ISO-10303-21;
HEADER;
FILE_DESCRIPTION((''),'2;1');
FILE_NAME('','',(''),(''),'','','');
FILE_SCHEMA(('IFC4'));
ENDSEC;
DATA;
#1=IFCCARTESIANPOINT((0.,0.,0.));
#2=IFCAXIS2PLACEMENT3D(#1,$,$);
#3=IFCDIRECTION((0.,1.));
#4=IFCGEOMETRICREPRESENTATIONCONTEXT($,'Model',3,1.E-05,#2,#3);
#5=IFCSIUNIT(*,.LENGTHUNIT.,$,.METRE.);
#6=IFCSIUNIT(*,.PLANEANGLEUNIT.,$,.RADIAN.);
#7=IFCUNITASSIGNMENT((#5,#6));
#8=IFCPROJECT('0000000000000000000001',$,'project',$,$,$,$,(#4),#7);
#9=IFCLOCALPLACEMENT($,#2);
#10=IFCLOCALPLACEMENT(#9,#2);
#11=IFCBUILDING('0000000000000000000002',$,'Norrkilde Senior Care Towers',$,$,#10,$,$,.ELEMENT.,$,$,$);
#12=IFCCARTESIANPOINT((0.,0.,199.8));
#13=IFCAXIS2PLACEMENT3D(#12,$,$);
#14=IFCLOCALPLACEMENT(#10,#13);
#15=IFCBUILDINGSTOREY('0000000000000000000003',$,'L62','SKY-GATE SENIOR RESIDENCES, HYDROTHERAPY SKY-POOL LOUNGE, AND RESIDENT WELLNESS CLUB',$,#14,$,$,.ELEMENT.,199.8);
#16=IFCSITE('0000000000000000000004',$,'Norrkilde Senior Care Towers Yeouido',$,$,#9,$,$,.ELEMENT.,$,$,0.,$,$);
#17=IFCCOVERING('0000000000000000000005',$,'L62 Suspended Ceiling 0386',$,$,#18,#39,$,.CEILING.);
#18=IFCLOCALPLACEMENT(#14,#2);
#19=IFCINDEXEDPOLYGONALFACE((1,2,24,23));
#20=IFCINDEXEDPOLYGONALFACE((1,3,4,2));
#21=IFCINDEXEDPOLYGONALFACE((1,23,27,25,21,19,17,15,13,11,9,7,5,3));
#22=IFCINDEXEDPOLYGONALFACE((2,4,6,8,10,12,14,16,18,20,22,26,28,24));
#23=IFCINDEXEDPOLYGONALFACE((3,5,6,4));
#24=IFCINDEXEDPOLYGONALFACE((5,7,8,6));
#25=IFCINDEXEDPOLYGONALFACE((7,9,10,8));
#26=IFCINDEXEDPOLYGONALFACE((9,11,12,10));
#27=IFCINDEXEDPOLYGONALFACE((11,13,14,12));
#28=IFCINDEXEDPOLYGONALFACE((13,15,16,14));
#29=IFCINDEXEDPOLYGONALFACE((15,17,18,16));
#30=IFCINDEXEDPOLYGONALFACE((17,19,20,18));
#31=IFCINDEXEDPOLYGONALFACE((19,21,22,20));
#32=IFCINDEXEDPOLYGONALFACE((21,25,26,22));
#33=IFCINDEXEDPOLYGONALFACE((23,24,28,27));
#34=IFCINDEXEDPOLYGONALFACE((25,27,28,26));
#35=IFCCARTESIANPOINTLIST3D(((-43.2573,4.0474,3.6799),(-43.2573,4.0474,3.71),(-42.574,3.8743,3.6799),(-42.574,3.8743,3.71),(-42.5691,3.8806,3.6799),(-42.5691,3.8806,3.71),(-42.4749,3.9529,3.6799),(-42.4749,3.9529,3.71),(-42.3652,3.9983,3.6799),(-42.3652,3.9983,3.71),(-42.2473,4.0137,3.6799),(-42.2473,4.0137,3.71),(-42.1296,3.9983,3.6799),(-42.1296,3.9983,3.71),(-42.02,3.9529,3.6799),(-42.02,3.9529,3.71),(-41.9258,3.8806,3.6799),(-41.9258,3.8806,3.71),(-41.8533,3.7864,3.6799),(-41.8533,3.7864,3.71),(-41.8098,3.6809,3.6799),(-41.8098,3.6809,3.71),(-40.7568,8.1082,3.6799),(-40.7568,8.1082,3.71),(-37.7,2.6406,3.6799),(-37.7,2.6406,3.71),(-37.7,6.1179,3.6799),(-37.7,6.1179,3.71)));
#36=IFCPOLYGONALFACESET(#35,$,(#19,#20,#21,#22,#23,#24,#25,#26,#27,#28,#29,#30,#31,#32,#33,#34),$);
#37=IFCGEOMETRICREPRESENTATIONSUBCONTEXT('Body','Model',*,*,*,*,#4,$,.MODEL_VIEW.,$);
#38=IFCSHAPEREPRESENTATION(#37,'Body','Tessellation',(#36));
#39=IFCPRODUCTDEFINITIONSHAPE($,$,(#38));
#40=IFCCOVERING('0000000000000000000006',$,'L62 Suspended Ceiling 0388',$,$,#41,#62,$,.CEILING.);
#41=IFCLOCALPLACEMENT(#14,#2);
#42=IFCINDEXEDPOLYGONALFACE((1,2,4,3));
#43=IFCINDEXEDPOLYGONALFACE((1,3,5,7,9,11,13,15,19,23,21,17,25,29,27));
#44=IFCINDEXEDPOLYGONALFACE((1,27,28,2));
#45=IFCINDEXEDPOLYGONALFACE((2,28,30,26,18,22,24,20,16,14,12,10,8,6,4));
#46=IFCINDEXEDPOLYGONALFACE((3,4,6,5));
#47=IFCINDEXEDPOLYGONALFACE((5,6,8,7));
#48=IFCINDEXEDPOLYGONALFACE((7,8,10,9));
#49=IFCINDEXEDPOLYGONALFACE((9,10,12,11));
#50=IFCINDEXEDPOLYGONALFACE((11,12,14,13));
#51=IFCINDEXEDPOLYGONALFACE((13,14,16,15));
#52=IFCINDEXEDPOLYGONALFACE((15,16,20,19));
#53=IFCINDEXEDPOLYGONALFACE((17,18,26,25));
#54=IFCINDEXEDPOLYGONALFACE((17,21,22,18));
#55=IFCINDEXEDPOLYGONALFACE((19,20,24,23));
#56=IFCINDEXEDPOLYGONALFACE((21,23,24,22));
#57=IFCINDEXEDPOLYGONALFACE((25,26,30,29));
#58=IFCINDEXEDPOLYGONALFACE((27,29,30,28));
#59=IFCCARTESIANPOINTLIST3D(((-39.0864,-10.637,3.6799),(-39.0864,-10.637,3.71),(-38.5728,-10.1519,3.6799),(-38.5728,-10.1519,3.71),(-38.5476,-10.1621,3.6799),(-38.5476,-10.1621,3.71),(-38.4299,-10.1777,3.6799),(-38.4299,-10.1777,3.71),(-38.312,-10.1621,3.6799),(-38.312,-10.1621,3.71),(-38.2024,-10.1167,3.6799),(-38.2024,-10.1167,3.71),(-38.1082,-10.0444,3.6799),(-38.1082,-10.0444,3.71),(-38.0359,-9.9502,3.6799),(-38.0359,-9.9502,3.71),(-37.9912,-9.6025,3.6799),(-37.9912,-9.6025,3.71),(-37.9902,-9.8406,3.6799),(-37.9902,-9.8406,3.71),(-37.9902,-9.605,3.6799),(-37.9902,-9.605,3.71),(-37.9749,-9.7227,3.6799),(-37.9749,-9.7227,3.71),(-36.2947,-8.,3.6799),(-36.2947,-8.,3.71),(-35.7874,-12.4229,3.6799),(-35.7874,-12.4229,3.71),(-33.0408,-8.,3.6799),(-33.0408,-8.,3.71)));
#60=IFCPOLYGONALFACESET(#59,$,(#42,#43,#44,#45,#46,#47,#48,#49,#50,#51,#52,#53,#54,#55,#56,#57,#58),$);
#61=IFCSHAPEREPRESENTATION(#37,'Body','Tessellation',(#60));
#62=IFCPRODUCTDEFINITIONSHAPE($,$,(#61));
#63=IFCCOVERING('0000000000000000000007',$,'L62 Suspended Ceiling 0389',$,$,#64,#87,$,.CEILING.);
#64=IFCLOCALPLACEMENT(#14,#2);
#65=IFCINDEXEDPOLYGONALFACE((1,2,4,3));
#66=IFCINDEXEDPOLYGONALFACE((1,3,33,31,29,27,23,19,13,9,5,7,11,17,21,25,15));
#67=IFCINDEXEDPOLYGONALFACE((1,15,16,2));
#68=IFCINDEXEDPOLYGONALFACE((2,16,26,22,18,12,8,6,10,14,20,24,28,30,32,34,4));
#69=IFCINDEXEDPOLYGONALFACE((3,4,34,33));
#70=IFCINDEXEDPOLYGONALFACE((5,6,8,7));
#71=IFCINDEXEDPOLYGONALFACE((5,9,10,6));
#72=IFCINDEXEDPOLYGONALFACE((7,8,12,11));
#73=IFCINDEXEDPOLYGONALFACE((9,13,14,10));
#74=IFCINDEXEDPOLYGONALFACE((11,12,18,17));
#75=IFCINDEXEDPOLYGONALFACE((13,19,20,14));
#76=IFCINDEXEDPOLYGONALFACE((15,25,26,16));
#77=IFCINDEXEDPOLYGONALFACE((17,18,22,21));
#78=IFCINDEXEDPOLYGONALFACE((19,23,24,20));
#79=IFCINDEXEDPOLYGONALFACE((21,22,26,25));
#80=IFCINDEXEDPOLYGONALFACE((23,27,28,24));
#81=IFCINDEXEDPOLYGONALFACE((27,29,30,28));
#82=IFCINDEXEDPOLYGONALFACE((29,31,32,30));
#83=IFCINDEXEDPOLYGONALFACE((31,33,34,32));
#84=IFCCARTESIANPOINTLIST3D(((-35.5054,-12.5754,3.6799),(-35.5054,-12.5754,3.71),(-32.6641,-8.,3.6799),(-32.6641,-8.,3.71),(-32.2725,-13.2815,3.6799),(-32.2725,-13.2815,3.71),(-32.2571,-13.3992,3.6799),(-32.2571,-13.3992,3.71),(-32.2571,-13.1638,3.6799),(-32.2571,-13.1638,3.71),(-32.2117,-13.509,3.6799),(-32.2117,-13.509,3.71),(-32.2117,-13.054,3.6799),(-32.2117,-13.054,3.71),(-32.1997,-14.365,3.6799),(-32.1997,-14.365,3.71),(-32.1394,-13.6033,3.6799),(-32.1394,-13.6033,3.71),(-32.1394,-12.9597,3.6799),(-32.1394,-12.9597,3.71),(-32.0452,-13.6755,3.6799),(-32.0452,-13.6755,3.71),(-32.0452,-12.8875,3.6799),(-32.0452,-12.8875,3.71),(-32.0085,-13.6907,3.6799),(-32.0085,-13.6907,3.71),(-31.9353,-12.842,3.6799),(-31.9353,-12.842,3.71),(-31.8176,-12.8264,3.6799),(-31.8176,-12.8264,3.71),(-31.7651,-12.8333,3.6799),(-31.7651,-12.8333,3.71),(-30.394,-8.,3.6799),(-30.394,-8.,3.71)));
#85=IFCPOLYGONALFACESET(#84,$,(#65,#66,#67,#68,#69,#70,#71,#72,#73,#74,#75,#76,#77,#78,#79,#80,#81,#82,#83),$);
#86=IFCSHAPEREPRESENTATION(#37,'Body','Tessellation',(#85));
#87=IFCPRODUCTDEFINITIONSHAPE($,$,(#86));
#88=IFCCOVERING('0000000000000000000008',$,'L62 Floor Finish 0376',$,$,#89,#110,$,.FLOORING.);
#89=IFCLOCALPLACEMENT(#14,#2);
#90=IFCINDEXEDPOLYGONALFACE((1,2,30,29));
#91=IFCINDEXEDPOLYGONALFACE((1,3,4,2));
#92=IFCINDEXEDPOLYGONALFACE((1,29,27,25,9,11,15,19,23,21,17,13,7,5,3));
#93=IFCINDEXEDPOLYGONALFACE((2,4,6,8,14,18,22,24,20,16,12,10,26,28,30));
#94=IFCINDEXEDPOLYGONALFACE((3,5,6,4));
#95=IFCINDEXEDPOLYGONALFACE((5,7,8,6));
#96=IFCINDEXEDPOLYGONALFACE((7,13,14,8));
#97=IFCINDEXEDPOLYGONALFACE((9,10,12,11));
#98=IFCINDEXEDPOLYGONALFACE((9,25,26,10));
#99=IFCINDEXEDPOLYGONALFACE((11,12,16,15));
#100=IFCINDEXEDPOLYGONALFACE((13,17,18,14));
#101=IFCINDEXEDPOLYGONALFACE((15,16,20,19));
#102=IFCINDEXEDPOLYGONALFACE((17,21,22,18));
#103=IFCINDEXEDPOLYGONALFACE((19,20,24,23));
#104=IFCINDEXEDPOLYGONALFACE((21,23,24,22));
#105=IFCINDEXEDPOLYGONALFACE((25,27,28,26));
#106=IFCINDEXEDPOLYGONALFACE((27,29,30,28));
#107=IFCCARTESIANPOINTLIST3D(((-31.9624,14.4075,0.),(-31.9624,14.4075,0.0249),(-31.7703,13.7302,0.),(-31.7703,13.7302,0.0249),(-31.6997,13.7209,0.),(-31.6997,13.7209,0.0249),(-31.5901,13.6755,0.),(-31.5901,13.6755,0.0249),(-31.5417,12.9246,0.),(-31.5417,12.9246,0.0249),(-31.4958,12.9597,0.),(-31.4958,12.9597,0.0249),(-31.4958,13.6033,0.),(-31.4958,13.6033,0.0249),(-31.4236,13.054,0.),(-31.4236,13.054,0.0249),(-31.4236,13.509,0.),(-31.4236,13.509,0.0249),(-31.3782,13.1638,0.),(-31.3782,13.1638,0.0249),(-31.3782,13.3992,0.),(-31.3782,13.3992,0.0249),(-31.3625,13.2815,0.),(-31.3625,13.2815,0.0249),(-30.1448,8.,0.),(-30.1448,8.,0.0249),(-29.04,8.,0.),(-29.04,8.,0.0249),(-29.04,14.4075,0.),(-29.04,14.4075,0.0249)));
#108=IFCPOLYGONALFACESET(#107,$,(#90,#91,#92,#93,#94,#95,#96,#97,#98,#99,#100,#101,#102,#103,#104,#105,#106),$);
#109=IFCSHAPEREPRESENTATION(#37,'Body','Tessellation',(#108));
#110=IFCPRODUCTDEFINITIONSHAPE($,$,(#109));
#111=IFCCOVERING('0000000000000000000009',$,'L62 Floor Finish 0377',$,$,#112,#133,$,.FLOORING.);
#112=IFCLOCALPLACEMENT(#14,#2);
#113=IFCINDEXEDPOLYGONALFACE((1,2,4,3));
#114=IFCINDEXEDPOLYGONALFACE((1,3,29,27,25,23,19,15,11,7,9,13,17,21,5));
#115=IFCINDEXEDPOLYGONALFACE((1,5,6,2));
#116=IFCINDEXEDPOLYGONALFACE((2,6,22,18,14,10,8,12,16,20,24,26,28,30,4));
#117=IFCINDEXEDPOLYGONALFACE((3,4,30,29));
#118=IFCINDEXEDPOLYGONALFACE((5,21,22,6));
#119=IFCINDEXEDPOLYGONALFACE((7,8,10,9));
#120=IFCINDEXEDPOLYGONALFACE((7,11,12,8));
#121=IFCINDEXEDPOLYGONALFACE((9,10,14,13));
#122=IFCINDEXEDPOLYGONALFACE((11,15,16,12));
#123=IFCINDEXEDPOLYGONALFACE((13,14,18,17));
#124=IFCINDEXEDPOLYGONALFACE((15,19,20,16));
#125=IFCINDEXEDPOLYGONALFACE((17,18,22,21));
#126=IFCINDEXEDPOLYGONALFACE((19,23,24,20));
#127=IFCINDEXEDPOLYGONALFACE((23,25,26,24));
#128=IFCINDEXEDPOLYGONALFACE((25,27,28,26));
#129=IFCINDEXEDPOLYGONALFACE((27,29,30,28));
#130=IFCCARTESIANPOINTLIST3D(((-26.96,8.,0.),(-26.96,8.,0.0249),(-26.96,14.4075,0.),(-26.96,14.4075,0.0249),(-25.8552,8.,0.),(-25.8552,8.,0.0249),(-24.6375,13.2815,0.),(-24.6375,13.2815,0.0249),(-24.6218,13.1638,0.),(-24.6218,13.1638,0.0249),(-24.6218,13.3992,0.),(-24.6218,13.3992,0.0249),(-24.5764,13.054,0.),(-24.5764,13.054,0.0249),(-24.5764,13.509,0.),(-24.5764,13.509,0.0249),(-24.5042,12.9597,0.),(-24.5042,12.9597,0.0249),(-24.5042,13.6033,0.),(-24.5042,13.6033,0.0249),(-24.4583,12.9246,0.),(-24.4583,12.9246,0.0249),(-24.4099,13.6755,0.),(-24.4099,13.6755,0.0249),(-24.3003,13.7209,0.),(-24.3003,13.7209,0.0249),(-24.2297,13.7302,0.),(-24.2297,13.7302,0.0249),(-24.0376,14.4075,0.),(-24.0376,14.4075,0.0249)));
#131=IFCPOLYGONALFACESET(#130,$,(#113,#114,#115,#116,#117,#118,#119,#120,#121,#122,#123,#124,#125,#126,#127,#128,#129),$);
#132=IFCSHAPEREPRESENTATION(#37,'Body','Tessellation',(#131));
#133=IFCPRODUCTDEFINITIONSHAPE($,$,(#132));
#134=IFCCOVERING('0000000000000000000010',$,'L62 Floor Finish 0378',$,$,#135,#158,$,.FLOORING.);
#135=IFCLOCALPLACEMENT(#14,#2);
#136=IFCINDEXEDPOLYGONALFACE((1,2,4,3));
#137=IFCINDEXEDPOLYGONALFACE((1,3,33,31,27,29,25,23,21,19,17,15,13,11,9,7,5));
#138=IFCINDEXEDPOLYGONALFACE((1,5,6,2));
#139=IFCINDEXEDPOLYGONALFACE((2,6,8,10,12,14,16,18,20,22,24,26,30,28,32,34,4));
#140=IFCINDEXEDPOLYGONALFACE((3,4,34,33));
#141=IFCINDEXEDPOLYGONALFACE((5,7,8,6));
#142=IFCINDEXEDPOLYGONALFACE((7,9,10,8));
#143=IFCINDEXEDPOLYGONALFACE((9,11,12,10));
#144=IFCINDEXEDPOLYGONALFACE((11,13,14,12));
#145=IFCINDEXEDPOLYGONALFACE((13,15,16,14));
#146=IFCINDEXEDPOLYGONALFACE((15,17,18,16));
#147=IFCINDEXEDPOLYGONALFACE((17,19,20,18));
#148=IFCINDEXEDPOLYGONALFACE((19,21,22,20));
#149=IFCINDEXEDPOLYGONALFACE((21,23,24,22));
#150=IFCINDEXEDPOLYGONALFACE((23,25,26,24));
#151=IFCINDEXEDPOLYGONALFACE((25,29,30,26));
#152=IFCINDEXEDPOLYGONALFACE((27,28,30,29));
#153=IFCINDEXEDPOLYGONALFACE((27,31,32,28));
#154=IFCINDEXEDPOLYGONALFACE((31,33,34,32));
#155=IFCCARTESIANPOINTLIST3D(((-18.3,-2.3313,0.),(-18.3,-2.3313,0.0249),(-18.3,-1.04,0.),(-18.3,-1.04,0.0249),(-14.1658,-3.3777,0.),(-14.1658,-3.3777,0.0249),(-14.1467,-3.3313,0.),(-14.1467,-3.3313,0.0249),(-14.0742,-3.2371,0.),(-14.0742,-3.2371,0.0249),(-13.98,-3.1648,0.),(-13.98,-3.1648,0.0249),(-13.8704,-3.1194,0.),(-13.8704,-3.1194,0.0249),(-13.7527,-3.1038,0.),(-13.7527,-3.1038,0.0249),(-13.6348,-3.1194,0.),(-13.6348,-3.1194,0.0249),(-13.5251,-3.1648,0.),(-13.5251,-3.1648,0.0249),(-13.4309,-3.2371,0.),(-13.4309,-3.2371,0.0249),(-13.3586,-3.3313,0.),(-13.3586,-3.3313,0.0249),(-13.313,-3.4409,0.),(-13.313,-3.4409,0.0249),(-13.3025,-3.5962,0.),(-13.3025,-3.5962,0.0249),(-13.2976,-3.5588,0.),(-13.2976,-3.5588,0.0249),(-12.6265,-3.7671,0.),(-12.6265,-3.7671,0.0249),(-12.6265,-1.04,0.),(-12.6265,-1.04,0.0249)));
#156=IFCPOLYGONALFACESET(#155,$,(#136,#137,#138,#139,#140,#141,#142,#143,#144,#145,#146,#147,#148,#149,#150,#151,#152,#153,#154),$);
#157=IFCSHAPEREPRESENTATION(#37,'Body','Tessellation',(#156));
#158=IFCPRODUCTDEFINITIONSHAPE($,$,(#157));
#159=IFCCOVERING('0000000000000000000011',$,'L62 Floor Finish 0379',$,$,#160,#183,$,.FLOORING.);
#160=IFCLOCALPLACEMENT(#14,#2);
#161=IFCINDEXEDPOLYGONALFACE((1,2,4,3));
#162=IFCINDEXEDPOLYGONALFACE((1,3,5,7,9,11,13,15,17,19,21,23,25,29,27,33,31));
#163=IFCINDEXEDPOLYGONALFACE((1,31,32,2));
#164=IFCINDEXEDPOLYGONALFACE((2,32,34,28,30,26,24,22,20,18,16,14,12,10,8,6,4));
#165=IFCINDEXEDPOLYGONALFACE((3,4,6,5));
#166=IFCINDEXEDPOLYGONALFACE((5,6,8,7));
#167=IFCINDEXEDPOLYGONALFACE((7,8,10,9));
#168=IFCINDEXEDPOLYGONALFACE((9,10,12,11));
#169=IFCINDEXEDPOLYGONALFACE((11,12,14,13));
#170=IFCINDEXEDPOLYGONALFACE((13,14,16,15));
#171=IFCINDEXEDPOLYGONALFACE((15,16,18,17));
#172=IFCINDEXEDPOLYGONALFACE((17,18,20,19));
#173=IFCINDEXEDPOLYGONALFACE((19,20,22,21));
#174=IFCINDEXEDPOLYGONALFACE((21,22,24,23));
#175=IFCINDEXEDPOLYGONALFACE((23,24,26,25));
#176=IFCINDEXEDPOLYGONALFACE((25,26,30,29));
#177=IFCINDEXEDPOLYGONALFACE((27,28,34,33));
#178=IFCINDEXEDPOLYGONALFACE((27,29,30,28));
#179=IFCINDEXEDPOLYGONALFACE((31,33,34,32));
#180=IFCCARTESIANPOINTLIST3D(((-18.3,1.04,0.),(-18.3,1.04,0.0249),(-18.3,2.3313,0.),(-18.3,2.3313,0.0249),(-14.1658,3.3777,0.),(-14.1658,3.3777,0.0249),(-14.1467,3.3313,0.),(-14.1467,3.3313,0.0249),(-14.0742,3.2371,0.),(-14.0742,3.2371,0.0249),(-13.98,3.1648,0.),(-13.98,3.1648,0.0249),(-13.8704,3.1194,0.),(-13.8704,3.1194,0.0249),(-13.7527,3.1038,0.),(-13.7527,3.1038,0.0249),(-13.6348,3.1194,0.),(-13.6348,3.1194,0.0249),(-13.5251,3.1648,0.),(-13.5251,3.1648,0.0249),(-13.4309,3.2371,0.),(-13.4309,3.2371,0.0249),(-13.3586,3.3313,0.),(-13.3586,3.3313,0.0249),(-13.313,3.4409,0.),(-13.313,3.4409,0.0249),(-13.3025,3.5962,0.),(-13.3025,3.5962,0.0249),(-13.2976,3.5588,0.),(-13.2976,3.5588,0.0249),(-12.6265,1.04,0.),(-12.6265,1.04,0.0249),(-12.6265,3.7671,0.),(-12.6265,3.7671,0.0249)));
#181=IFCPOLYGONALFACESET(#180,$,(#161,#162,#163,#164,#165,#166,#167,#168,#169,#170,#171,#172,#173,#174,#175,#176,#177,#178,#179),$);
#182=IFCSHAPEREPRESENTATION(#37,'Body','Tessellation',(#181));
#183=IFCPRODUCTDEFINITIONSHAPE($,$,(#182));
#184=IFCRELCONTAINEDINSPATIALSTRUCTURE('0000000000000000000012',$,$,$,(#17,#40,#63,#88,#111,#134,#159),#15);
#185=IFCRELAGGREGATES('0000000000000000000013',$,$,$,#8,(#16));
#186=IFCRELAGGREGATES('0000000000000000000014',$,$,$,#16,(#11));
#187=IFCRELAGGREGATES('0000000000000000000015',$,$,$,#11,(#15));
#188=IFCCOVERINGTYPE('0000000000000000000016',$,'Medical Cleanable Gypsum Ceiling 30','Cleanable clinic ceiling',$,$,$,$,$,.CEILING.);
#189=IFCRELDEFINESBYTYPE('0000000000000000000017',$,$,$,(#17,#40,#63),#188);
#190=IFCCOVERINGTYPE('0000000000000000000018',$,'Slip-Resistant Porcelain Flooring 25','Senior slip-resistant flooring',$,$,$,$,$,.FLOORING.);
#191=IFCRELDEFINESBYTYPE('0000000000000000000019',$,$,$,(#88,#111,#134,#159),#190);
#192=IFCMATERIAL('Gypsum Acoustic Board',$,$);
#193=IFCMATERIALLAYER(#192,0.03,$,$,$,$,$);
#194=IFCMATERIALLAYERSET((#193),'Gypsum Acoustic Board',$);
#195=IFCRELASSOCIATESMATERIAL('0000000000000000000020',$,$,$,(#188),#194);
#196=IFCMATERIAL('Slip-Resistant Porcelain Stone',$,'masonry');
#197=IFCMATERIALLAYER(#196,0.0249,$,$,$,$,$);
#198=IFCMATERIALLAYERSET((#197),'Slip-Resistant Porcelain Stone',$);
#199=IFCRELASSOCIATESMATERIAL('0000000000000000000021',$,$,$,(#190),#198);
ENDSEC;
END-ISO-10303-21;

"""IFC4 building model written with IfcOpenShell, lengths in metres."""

from ifc_helpers import new_model, si_unit, direction, frame, origin, place, context, subcontext, project, spatial, polyline, outline, extrude, material, layer, layer_set, type_object, element, save


model = new_model("IFC4")

# Units and contexts
model_context = context("Model", 3, precision=1e-05, world=origin(), true_north=direction((0.0, 1.0)))
body_context = subcontext(model_context, "Body", "Model", "MODEL_VIEW")
ifc_project = project(units=[si_unit("LENGTHUNIT", "METRE"), si_unit("PLANEANGLEUNIT", "RADIAN")], contexts=[model_context])

# Site, building, storey
site_placement = place(None, origin())
site = spatial("IfcSite", under=ifc_project, at=site_placement, Name="Norrkilde Senior Care Towers Yeouido", CompositionType="ELEMENT", RefElevation=0.0)
building_placement = place(site_placement, origin())
building = spatial("IfcBuilding", under=site, at=building_placement, Name="Norrkilde Senior Care Towers", CompositionType="ELEMENT")
storey_placement = place(building_placement, frame((0.0, 0.0, 199.8)))
storey = spatial("IfcBuildingStorey", under=building, at=storey_placement, Name="L62", Description="SKY-GATE SENIOR RESIDENCES, HYDROTHERAPY SKY-POOL LOUNGE, AND RESIDENT WELLNESS CLUB", CompositionType="ELEMENT", Elevation=199.8)

# Coverings
ifc_material_1 = material(Name="Gypsum Acoustic Board")
ifc_layer_1 = layer(ifc_material_1, 0.03)
ifc_layer_set_1 = layer_set([ifc_layer_1], Name="Gypsum Acoustic Board")
covering_type_1 = type_object("IfcCoveringType", Name="Medical Cleanable Gypsum Ceiling 30", Description="Cleanable clinic ceiling", PredefinedType="CEILING", material=ifc_layer_set_1)
covering_1_placement = place(storey_placement, frame((0.0, 0.0, 3.6799)))
element("IfcCovering", 1, at=covering_1_placement, inside=storey, type_object=covering_type_1, Name="L62 Suspended Ceiling 0386", PredefinedType="CEILING", context=body_context, shape_type="SweptSolid", body=[
    extrude(outline(polyline([(-40.7568, 8.1082), (-37.7, 6.1179), (-37.7, 2.6406), (-41.8098, 3.6809), (-41.8533, 3.7864), (-41.9258, 3.8806), (-42.02, 3.9529), (-42.1296, 3.9983), (-42.2473, 4.0137), (-42.3652, 3.9983), (-42.4749, 3.9529), (-42.5691, 3.8806), (-42.574, 3.8743), (-43.2573, 4.0474), (-40.7568, 8.1082)])), origin(), (0.0, 0.0, 1.0), 0.03),
])
covering_2_placement = place(storey_placement, frame((0.0, 0.0, 3.6799)))
element("IfcCovering", 2, at=covering_2_placement, inside=storey, type_object=covering_type_1, Name="L62 Suspended Ceiling 0388", PredefinedType="CEILING", context=body_context, shape_type="SweptSolid", body=[
    extrude(outline(polyline([(-38.5728, -10.1519), (-38.5476, -10.1621), (-38.4299, -10.1777), (-38.312, -10.1621), (-38.2024, -10.1167), (-38.1082, -10.0444), (-38.0359, -9.9502), (-37.9902, -9.8406), (-37.9749, -9.7227), (-37.9902, -9.605), (-37.9912, -9.6025), (-36.2947, -8.0), (-33.0408, -8.0), (-35.7874, -12.4229), (-39.0864, -10.637), (-38.5728, -10.1519)])), origin(), (0.0, 0.0, 1.0), 0.03),
])
covering_3_placement = place(storey_placement, frame((0.0, 0.0, 3.6799)))
element("IfcCovering", 3, at=covering_3_placement, inside=storey, type_object=covering_type_1, Name="L62 Suspended Ceiling 0389", PredefinedType="CEILING", context=body_context, shape_type="SweptSolid", body=[
    extrude(outline(polyline([(-31.7651, -12.8333), (-31.8176, -12.8264), (-31.9353, -12.842), (-32.0452, -12.8875), (-32.1394, -12.9597), (-32.2117, -13.054), (-32.2571, -13.1638), (-32.2725, -13.2815), (-32.2571, -13.3992), (-32.2117, -13.509), (-32.1394, -13.6033), (-32.0452, -13.6755), (-32.0085, -13.6907), (-32.1997, -14.365), (-35.5054, -12.5754), (-32.6641, -8.0), (-30.394, -8.0), (-31.7651, -12.8333)])), origin(), (0.0, 0.0, 1.0), 0.03),
])
ifc_material_2 = material(Name="Slip-Resistant Porcelain Stone", Category="masonry")
ifc_layer_2 = layer(ifc_material_2, 0.0249)
ifc_layer_set_2 = layer_set([ifc_layer_2], Name="Slip-Resistant Porcelain Stone")
covering_type_2 = type_object("IfcCoveringType", Name="Slip-Resistant Porcelain Flooring 25", Description="Senior slip-resistant flooring", PredefinedType="FLOORING", material=ifc_layer_set_2)
covering_4_placement = place(storey_placement, origin())
element("IfcCovering", 4, at=covering_4_placement, inside=storey, type_object=covering_type_2, Name="L62 Floor Finish 0376", PredefinedType="FLOORING", context=body_context, shape_type="SweptSolid", body=[
    extrude(outline(polyline([(-29.04, 14.4075), (-29.04, 8.0), (-30.1448, 8.0), (-31.5417, 12.9246), (-31.4958, 12.9597), (-31.4236, 13.054), (-31.3782, 13.1638), (-31.3625, 13.2815), (-31.3782, 13.3992), (-31.4236, 13.509), (-31.4958, 13.6033), (-31.5901, 13.6755), (-31.6997, 13.7209), (-31.7703, 13.7302), (-31.9624, 14.4075), (-29.04, 14.4075)])), origin(), (0.0, 0.0, 1.0), 0.0249),
])
covering_5_placement = place(storey_placement, origin())
element("IfcCovering", 5, at=covering_5_placement, inside=storey, type_object=covering_type_2, Name="L62 Floor Finish 0377", PredefinedType="FLOORING", context=body_context, shape_type="SweptSolid", body=[
    extrude(outline(polyline([(-24.0376, 14.4075), (-24.2297, 13.7302), (-24.3003, 13.7209), (-24.4099, 13.6755), (-24.5042, 13.6033), (-24.5764, 13.509), (-24.6218, 13.3992), (-24.6375, 13.2815), (-24.6218, 13.1638), (-24.5764, 13.054), (-24.5042, 12.9597), (-24.4583, 12.9246), (-25.8552, 8.0), (-26.96, 8.0), (-26.96, 14.4075), (-24.0376, 14.4075)])), origin(), (0.0, 0.0, 1.0), 0.0249),
])
covering_6_placement = place(storey_placement, origin())
element("IfcCovering", 6, at=covering_6_placement, inside=storey, type_object=covering_type_2, Name="L62 Floor Finish 0378", PredefinedType="FLOORING", context=body_context, shape_type="SweptSolid", body=[
    extrude(outline(polyline([(-12.6265, -3.7671), (-13.3025, -3.5962), (-13.2976, -3.5588), (-13.313, -3.4409), (-13.3586, -3.3313), (-13.4309, -3.2371), (-13.5251, -3.1648), (-13.6348, -3.1194), (-13.7527, -3.1038), (-13.8704, -3.1194), (-13.98, -3.1648), (-14.0742, -3.2371), (-14.1467, -3.3313), (-14.1658, -3.3777), (-18.3, -2.3313), (-18.3, -1.04), (-12.6265, -1.04), (-12.6265, -3.7671)])), origin(), (0.0, 0.0, 1.0), 0.0249),
])
covering_7_placement = place(storey_placement, origin())
element("IfcCovering", 7, at=covering_7_placement, inside=storey, type_object=covering_type_2, Name="L62 Floor Finish 0379", PredefinedType="FLOORING", context=body_context, shape_type="SweptSolid", body=[
    extrude(outline(polyline([(-12.6265, 1.04), (-18.3, 1.04), (-18.3, 2.3313), (-14.1658, 3.3777), (-14.1467, 3.3313), (-14.0742, 3.2371), (-13.98, 3.1648), (-13.8704, 3.1194), (-13.7527, 3.1038), (-13.6348, 3.1194), (-13.5251, 3.1648), (-13.4309, 3.2371), (-13.3586, 3.3313), (-13.313, 3.4409), (-13.2976, 3.5588), (-13.3025, 3.5962), (-12.6265, 3.7671), (-12.6265, 1.04)])), origin(), (0.0, 0.0, 1.0), 0.0249),
])

save(model, "model.ifc")
